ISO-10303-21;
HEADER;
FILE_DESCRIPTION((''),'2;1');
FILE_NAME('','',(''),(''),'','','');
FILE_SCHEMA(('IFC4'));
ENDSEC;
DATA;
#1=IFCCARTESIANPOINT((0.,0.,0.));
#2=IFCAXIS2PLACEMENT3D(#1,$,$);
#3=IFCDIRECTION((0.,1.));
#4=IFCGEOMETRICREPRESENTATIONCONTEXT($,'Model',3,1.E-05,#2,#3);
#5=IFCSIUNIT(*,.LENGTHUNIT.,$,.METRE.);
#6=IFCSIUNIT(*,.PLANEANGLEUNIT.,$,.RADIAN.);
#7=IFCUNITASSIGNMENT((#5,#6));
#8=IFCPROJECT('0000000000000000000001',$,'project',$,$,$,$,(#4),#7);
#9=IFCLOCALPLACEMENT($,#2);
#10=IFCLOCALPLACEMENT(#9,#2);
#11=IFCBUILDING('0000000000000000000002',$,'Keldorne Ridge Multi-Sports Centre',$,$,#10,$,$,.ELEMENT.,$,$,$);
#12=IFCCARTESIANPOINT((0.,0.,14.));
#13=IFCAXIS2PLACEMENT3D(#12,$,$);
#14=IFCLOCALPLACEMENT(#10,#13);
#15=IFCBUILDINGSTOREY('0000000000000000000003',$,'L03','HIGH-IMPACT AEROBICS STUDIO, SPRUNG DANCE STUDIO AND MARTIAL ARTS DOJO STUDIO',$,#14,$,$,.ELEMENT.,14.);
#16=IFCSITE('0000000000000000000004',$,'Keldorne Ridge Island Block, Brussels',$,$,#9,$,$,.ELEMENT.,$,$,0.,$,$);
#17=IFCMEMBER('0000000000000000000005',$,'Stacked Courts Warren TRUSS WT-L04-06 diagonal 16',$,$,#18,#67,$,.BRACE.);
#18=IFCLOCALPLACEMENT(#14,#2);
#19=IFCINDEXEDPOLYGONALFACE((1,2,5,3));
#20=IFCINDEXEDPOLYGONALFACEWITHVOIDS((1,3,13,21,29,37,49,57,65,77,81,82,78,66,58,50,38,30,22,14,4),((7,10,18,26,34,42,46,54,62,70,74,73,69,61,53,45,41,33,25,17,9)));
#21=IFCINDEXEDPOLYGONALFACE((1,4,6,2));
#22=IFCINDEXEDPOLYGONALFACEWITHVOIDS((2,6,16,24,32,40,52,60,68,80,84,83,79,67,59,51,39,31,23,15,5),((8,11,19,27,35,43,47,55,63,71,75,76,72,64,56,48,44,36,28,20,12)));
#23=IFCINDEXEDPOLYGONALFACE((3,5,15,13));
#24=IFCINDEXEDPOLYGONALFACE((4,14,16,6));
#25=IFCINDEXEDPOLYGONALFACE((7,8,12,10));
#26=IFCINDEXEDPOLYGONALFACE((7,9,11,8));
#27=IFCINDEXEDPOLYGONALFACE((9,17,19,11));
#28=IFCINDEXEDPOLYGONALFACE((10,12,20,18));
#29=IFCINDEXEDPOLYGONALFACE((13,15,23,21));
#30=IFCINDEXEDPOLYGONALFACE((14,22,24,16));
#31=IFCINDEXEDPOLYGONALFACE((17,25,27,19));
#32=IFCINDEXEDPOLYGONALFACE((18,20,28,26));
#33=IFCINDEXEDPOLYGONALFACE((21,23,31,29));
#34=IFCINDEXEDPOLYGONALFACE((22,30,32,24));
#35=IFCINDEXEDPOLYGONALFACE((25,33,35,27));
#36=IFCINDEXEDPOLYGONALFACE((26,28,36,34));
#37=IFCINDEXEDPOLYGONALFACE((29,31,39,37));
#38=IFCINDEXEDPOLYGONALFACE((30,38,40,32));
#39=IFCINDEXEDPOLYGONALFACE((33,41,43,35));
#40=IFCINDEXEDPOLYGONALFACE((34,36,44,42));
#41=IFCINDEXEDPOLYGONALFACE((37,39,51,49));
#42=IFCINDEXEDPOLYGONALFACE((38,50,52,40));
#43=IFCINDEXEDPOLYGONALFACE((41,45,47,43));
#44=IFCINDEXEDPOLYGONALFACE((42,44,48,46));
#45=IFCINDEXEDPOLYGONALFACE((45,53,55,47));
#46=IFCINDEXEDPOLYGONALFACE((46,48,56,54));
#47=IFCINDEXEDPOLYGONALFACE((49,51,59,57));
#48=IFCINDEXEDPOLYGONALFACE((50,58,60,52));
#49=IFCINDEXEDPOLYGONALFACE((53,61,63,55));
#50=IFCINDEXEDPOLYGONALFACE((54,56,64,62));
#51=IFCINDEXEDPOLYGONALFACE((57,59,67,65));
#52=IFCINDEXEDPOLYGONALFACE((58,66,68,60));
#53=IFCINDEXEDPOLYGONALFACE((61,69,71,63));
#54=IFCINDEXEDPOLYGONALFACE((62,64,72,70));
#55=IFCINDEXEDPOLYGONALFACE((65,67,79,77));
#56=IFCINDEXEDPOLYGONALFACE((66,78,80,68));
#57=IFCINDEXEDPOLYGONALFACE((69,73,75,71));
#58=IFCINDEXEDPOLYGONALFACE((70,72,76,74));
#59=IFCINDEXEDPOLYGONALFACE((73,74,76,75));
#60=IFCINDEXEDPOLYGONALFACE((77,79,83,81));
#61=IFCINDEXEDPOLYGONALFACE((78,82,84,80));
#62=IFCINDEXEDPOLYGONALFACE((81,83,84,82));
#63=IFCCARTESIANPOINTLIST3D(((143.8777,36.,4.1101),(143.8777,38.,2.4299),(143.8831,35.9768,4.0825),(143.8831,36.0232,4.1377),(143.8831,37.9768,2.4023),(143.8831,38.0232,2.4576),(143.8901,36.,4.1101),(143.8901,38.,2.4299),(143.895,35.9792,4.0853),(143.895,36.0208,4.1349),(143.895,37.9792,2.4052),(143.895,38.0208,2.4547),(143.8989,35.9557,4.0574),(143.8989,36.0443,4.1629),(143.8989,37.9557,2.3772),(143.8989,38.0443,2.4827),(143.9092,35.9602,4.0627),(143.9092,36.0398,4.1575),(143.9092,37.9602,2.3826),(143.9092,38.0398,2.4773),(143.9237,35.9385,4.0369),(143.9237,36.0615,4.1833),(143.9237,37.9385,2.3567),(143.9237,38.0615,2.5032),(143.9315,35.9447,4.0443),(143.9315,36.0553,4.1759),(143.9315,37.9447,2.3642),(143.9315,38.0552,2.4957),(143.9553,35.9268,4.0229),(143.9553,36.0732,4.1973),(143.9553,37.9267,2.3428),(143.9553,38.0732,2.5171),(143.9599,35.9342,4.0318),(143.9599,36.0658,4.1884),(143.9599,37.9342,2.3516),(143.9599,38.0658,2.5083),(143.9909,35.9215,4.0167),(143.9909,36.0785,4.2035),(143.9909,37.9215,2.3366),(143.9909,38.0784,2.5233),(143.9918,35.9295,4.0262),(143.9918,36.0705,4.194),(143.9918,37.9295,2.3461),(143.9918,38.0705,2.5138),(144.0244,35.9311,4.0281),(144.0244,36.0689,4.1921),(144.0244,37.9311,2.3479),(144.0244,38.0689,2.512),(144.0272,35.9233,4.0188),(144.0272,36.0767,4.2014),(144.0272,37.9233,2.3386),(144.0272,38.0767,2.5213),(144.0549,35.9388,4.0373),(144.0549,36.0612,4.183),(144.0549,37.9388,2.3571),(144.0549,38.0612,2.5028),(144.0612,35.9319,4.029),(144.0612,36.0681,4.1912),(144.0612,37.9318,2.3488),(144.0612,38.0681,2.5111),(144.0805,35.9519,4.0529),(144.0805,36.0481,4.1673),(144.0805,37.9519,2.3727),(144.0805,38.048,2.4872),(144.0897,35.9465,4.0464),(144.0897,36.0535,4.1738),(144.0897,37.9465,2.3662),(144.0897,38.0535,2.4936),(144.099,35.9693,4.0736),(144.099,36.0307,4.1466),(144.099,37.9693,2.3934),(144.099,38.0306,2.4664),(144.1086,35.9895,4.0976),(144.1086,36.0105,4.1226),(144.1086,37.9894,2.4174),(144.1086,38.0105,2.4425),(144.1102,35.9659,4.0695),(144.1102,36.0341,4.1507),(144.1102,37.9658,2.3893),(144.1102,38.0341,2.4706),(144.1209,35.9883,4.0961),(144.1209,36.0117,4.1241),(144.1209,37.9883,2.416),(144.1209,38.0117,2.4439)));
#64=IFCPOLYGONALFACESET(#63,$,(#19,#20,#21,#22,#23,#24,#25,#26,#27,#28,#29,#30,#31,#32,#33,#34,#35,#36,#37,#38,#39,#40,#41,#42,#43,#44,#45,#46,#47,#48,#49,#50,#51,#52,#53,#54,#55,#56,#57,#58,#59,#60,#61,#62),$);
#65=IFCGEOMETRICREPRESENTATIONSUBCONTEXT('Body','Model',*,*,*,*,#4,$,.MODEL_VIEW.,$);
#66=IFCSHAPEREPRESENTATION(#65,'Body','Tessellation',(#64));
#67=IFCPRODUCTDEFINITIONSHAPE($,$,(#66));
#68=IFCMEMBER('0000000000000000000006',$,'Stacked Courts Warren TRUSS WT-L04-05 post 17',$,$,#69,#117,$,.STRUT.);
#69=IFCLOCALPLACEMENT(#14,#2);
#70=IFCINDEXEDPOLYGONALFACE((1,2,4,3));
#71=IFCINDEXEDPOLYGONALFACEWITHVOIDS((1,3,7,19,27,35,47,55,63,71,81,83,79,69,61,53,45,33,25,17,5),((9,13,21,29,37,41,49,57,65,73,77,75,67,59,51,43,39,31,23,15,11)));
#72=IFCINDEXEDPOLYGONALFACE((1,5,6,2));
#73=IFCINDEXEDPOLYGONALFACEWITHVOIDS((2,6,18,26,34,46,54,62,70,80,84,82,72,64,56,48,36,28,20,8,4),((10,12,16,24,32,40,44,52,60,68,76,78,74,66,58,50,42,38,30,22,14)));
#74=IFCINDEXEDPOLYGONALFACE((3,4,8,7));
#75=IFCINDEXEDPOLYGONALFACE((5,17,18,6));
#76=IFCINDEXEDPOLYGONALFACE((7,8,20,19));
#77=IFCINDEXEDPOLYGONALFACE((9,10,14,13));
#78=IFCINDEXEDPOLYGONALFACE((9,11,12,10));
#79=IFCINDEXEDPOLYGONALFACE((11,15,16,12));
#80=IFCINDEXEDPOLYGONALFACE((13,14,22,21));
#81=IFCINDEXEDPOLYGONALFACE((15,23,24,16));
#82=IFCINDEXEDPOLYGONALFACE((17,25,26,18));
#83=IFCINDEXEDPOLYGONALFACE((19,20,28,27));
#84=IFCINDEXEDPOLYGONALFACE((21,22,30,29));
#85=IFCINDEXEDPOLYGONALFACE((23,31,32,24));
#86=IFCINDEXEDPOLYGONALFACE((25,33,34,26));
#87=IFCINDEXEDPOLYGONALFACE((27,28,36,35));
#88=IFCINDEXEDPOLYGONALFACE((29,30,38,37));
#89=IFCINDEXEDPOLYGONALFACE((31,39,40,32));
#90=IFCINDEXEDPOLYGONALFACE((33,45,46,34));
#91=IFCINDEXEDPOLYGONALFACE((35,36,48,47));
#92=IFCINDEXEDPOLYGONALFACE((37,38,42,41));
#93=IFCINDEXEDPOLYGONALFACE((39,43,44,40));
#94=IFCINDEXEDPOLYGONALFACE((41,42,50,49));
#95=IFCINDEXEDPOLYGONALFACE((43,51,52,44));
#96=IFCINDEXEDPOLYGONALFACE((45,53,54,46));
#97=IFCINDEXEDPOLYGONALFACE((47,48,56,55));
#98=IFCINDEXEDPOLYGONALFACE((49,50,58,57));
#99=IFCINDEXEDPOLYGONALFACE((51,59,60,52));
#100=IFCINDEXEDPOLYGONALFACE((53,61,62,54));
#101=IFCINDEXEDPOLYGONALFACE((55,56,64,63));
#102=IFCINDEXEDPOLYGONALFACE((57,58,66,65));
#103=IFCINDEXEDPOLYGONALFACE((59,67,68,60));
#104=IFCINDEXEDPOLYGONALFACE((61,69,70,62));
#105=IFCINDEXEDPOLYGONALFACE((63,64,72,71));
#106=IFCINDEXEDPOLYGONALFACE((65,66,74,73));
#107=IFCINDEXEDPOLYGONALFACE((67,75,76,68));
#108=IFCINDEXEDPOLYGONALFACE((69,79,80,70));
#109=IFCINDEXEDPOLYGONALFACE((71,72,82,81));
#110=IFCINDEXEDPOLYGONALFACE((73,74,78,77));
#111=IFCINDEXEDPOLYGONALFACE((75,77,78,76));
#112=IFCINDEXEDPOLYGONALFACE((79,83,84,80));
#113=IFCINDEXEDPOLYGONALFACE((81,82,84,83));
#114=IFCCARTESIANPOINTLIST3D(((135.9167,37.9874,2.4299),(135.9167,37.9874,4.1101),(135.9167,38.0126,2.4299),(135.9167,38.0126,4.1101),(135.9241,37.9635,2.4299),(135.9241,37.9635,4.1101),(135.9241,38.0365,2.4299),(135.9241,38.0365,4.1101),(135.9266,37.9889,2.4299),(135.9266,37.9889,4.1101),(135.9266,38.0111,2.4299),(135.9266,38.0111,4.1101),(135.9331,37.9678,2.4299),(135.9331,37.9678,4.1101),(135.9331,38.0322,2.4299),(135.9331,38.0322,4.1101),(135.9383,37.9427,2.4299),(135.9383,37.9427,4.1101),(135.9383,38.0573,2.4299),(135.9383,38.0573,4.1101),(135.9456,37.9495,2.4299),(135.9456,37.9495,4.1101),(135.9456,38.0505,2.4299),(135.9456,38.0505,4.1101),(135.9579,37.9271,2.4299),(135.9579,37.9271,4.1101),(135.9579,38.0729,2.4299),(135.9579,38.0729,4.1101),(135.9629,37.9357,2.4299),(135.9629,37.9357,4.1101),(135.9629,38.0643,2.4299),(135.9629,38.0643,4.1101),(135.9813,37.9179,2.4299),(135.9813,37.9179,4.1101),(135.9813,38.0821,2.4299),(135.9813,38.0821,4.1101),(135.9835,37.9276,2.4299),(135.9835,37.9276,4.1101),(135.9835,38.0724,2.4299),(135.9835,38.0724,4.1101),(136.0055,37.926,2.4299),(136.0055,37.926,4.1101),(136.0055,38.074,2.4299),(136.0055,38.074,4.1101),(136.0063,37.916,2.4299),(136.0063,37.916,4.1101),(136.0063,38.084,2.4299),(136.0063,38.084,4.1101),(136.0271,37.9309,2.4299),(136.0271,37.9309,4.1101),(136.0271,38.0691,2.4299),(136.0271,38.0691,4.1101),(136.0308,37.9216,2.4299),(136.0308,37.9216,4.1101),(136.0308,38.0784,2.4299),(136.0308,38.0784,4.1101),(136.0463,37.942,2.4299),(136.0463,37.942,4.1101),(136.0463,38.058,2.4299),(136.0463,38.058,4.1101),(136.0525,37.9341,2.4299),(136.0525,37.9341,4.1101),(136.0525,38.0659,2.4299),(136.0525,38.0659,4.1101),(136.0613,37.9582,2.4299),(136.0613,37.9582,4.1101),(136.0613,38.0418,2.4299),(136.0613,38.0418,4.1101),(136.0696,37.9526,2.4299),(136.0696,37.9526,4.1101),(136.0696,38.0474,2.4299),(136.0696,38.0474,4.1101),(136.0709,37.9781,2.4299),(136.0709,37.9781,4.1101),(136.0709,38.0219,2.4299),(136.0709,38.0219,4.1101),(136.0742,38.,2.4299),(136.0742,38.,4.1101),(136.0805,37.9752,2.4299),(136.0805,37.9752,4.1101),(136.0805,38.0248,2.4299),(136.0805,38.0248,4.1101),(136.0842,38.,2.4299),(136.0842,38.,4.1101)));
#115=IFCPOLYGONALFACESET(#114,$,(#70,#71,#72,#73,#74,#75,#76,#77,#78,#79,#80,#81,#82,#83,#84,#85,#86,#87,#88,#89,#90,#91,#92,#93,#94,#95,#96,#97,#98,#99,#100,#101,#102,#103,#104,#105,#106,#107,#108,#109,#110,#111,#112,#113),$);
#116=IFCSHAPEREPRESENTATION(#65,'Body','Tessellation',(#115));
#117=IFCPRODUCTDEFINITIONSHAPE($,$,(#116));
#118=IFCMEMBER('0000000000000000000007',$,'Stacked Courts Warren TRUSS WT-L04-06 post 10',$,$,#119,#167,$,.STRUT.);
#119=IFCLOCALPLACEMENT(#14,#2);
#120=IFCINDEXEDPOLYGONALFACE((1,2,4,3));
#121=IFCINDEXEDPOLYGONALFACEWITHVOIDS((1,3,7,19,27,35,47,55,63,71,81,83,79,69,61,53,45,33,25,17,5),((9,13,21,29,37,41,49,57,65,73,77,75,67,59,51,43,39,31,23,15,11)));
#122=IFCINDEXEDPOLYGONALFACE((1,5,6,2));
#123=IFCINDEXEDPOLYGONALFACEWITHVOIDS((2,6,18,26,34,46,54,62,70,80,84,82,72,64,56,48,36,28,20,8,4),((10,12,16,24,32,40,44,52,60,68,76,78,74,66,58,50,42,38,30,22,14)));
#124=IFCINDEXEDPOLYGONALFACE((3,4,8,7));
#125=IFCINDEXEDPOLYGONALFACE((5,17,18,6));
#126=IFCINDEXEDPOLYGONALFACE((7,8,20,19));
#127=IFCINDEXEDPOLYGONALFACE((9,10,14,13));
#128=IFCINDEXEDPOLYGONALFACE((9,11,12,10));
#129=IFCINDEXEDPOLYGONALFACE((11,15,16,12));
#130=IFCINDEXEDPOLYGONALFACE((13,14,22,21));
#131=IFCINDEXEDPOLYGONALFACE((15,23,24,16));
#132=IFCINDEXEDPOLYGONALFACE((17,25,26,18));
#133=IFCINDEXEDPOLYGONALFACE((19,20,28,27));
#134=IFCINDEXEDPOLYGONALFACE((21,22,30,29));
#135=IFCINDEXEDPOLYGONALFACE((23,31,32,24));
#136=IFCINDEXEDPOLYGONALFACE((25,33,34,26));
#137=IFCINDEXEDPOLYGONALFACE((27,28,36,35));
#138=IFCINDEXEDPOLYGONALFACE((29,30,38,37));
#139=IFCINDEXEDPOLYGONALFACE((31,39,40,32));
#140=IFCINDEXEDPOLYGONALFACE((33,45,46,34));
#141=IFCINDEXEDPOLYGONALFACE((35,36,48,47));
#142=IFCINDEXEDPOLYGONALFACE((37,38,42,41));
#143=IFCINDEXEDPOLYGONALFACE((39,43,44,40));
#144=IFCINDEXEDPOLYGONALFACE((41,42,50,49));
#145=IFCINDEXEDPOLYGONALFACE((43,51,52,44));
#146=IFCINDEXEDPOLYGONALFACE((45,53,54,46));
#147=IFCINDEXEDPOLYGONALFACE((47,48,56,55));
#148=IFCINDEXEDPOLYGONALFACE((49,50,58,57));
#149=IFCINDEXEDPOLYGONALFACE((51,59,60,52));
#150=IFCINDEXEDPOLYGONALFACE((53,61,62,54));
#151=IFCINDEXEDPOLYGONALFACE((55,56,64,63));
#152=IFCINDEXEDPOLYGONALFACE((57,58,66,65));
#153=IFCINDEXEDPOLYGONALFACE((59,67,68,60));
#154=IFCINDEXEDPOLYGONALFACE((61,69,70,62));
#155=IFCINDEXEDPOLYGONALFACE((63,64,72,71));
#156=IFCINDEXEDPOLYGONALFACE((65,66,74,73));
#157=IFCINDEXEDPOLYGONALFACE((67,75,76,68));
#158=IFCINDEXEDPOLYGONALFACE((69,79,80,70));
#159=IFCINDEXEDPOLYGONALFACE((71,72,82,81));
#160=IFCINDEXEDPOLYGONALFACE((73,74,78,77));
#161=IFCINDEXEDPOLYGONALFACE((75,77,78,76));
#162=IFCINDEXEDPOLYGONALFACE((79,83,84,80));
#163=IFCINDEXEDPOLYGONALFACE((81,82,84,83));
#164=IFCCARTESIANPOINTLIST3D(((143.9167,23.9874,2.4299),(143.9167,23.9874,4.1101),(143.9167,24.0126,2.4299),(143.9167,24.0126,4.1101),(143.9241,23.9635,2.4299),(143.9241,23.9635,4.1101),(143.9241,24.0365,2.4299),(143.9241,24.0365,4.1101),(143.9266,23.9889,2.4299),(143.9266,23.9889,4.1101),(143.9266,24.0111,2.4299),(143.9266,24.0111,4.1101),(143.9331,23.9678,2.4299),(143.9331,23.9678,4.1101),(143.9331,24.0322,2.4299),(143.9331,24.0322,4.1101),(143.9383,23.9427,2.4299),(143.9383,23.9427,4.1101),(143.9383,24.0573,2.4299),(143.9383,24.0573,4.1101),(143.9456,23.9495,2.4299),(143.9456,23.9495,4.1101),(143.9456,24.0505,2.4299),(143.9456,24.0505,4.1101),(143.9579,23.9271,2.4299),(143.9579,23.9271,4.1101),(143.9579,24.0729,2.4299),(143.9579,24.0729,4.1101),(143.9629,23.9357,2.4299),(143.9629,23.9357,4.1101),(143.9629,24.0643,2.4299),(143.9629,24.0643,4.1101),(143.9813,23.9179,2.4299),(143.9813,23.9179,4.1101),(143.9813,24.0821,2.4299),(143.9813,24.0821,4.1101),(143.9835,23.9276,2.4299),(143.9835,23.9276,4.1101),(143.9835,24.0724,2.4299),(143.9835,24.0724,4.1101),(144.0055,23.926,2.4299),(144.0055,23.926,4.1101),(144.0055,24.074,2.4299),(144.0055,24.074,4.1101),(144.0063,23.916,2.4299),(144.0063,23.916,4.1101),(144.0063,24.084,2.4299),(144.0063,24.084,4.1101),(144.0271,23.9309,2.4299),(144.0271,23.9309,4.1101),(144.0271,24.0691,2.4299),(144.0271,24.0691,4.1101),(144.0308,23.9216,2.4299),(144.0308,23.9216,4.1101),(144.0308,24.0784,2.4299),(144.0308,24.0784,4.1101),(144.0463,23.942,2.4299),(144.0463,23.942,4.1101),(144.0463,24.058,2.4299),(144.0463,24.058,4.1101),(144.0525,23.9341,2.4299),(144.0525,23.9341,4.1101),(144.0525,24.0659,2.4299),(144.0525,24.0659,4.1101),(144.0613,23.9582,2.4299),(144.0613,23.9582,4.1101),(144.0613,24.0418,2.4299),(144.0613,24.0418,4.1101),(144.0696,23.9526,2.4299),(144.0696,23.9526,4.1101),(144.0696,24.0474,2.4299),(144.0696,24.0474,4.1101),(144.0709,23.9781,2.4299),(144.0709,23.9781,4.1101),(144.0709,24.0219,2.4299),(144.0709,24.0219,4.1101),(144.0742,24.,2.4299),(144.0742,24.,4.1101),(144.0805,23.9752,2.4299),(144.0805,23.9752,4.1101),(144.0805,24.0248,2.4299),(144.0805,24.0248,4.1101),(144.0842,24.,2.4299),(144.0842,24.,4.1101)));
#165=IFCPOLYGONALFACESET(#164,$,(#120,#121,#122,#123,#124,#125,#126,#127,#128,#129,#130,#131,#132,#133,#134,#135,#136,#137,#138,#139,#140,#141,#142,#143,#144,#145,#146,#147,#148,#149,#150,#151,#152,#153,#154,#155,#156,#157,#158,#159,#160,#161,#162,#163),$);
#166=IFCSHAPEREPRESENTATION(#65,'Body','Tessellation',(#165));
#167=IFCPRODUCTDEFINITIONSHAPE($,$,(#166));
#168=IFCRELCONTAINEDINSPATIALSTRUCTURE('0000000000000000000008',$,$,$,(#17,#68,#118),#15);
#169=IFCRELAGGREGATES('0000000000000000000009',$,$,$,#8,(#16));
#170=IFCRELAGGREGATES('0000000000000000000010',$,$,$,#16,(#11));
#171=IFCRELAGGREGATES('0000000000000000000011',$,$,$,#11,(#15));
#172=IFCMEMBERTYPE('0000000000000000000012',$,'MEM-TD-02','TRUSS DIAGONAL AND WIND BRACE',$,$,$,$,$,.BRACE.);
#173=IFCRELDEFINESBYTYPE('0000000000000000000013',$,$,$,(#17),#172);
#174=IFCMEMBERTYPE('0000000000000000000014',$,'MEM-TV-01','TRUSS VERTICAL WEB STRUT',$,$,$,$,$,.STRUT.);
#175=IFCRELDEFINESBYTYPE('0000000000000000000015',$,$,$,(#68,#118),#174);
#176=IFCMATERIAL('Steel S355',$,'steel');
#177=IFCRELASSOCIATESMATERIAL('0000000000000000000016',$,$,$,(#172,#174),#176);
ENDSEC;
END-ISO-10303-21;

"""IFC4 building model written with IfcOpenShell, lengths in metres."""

from ifc_helpers import new_model, si_unit, direction, frame, origin, origin_2d, place, context, subcontext, project, spatial, hollow_circle, extrude, material, material_profile, profile_set, type_object, element, save


model = new_model("IFC4")

# Units and contexts
model_context = context("Model", 3, precision=1e-05, world=origin(), true_north=direction((0.0, 1.0)))
body_context = subcontext(model_context, "Body", "Model", "MODEL_VIEW")
ifc_project = project(units=[si_unit("LENGTHUNIT", "METRE"), si_unit("PLANEANGLEUNIT", "RADIAN")], contexts=[model_context])

# Site, building, storey
site_placement = place(None, origin())
site = spatial("IfcSite", under=ifc_project, at=site_placement, Name="Keldorne Ridge Island Block, Brussels", CompositionType="ELEMENT", RefElevation=0.0)
building_placement = place(site_placement, origin())
building = spatial("IfcBuilding", under=site, at=building_placement, Name="Keldorne Ridge Multi-Sports Centre", CompositionType="ELEMENT")
storey_placement = place(building_placement, frame((0.0, 0.0, 14.0)))
storey = spatial("IfcBuildingStorey", under=building, at=storey_placement, Name="L03", Description="HIGH-IMPACT AEROBICS STUDIO, SPRUNG DANCE STUDIO AND MARTIAL ARTS DOJO STUDIO", CompositionType="ELEMENT", Elevation=14.0)

# Members
ifc_material = material(Name="Steel S355", Category="steel")
ifc_material_profile_1 = material_profile(ifc_material, hollow_circle(Radius=0.1223, WallThickness=0.0125, at=origin_2d()), Name="CHS 244.5x12.5")
ifc_profile_set_1 = profile_set([ifc_material_profile_1], Name="Steel S355")
member_type_1 = type_object("IfcMemberType", Name="MEM-TD-02", Description="TRUSS DIAGONAL AND WIND BRACE", PredefinedType="BRACE", material=ifc_profile_set_1)
for number, where, z_axis, x_axis, name in (
    (1, (144.0, 36.0, 4.1101), (0.0, 0.765672, -0.643232), (-1.0, 0.0, 0.0), "Stacked Courts Warren TRUSS WT-L04-06 diagonal 16"),
):
    element("IfcMember", number, at=place(storey_placement, frame(where, z_axis=z_axis, x_axis=x_axis)), inside=storey, type_object=member_type_1, Name=name, PredefinedType="BRACE", context=body_context, shape_type="SweptSolid", body=[
        extrude(hollow_circle(Radius=0.1223, WallThickness=0.0125, at=origin_2d()), origin(), (0.0, 0.0, 1.0), 2.6121),
    ])
ifc_material_profile_2 = material_profile(ifc_material, hollow_circle(Radius=0.0842, WallThickness=0.01, at=origin_2d()), Name="CHS 168.3x10")
ifc_profile_set_2 = profile_set([ifc_material_profile_2], Name="Steel S355")
member_type_2 = type_object("IfcMemberType", Name="MEM-TV-01", Description="TRUSS VERTICAL WEB STRUT", PredefinedType="STRUT", material=ifc_profile_set_2)
for number, where, z_axis, x_axis, name in (
    (2, (136.0, 38.0, 2.4299), (0.0, 0.0, 1.0), (1.0, 0.0, 0.0), "Stacked Courts Warren TRUSS WT-L04-05 post 17"),
    (3, (144.0, 24.0, 2.4299), (0.0, 0.0, 1.0), (1.0, 0.0, 0.0), "Stacked Courts Warren TRUSS WT-L04-06 post 10"),
):
    element("IfcMember", number, at=place(storey_placement, frame(where, z_axis=z_axis, x_axis=x_axis)), inside=storey, type_object=member_type_2, Name=name, PredefinedType="STRUT", context=body_context, shape_type="SweptSolid", body=[
        extrude(hollow_circle(Radius=0.0842, WallThickness=0.01, at=origin_2d()), origin(), (0.0, 0.0, 1.0), 1.6802),
    ])

save(model, "model.ifc")
